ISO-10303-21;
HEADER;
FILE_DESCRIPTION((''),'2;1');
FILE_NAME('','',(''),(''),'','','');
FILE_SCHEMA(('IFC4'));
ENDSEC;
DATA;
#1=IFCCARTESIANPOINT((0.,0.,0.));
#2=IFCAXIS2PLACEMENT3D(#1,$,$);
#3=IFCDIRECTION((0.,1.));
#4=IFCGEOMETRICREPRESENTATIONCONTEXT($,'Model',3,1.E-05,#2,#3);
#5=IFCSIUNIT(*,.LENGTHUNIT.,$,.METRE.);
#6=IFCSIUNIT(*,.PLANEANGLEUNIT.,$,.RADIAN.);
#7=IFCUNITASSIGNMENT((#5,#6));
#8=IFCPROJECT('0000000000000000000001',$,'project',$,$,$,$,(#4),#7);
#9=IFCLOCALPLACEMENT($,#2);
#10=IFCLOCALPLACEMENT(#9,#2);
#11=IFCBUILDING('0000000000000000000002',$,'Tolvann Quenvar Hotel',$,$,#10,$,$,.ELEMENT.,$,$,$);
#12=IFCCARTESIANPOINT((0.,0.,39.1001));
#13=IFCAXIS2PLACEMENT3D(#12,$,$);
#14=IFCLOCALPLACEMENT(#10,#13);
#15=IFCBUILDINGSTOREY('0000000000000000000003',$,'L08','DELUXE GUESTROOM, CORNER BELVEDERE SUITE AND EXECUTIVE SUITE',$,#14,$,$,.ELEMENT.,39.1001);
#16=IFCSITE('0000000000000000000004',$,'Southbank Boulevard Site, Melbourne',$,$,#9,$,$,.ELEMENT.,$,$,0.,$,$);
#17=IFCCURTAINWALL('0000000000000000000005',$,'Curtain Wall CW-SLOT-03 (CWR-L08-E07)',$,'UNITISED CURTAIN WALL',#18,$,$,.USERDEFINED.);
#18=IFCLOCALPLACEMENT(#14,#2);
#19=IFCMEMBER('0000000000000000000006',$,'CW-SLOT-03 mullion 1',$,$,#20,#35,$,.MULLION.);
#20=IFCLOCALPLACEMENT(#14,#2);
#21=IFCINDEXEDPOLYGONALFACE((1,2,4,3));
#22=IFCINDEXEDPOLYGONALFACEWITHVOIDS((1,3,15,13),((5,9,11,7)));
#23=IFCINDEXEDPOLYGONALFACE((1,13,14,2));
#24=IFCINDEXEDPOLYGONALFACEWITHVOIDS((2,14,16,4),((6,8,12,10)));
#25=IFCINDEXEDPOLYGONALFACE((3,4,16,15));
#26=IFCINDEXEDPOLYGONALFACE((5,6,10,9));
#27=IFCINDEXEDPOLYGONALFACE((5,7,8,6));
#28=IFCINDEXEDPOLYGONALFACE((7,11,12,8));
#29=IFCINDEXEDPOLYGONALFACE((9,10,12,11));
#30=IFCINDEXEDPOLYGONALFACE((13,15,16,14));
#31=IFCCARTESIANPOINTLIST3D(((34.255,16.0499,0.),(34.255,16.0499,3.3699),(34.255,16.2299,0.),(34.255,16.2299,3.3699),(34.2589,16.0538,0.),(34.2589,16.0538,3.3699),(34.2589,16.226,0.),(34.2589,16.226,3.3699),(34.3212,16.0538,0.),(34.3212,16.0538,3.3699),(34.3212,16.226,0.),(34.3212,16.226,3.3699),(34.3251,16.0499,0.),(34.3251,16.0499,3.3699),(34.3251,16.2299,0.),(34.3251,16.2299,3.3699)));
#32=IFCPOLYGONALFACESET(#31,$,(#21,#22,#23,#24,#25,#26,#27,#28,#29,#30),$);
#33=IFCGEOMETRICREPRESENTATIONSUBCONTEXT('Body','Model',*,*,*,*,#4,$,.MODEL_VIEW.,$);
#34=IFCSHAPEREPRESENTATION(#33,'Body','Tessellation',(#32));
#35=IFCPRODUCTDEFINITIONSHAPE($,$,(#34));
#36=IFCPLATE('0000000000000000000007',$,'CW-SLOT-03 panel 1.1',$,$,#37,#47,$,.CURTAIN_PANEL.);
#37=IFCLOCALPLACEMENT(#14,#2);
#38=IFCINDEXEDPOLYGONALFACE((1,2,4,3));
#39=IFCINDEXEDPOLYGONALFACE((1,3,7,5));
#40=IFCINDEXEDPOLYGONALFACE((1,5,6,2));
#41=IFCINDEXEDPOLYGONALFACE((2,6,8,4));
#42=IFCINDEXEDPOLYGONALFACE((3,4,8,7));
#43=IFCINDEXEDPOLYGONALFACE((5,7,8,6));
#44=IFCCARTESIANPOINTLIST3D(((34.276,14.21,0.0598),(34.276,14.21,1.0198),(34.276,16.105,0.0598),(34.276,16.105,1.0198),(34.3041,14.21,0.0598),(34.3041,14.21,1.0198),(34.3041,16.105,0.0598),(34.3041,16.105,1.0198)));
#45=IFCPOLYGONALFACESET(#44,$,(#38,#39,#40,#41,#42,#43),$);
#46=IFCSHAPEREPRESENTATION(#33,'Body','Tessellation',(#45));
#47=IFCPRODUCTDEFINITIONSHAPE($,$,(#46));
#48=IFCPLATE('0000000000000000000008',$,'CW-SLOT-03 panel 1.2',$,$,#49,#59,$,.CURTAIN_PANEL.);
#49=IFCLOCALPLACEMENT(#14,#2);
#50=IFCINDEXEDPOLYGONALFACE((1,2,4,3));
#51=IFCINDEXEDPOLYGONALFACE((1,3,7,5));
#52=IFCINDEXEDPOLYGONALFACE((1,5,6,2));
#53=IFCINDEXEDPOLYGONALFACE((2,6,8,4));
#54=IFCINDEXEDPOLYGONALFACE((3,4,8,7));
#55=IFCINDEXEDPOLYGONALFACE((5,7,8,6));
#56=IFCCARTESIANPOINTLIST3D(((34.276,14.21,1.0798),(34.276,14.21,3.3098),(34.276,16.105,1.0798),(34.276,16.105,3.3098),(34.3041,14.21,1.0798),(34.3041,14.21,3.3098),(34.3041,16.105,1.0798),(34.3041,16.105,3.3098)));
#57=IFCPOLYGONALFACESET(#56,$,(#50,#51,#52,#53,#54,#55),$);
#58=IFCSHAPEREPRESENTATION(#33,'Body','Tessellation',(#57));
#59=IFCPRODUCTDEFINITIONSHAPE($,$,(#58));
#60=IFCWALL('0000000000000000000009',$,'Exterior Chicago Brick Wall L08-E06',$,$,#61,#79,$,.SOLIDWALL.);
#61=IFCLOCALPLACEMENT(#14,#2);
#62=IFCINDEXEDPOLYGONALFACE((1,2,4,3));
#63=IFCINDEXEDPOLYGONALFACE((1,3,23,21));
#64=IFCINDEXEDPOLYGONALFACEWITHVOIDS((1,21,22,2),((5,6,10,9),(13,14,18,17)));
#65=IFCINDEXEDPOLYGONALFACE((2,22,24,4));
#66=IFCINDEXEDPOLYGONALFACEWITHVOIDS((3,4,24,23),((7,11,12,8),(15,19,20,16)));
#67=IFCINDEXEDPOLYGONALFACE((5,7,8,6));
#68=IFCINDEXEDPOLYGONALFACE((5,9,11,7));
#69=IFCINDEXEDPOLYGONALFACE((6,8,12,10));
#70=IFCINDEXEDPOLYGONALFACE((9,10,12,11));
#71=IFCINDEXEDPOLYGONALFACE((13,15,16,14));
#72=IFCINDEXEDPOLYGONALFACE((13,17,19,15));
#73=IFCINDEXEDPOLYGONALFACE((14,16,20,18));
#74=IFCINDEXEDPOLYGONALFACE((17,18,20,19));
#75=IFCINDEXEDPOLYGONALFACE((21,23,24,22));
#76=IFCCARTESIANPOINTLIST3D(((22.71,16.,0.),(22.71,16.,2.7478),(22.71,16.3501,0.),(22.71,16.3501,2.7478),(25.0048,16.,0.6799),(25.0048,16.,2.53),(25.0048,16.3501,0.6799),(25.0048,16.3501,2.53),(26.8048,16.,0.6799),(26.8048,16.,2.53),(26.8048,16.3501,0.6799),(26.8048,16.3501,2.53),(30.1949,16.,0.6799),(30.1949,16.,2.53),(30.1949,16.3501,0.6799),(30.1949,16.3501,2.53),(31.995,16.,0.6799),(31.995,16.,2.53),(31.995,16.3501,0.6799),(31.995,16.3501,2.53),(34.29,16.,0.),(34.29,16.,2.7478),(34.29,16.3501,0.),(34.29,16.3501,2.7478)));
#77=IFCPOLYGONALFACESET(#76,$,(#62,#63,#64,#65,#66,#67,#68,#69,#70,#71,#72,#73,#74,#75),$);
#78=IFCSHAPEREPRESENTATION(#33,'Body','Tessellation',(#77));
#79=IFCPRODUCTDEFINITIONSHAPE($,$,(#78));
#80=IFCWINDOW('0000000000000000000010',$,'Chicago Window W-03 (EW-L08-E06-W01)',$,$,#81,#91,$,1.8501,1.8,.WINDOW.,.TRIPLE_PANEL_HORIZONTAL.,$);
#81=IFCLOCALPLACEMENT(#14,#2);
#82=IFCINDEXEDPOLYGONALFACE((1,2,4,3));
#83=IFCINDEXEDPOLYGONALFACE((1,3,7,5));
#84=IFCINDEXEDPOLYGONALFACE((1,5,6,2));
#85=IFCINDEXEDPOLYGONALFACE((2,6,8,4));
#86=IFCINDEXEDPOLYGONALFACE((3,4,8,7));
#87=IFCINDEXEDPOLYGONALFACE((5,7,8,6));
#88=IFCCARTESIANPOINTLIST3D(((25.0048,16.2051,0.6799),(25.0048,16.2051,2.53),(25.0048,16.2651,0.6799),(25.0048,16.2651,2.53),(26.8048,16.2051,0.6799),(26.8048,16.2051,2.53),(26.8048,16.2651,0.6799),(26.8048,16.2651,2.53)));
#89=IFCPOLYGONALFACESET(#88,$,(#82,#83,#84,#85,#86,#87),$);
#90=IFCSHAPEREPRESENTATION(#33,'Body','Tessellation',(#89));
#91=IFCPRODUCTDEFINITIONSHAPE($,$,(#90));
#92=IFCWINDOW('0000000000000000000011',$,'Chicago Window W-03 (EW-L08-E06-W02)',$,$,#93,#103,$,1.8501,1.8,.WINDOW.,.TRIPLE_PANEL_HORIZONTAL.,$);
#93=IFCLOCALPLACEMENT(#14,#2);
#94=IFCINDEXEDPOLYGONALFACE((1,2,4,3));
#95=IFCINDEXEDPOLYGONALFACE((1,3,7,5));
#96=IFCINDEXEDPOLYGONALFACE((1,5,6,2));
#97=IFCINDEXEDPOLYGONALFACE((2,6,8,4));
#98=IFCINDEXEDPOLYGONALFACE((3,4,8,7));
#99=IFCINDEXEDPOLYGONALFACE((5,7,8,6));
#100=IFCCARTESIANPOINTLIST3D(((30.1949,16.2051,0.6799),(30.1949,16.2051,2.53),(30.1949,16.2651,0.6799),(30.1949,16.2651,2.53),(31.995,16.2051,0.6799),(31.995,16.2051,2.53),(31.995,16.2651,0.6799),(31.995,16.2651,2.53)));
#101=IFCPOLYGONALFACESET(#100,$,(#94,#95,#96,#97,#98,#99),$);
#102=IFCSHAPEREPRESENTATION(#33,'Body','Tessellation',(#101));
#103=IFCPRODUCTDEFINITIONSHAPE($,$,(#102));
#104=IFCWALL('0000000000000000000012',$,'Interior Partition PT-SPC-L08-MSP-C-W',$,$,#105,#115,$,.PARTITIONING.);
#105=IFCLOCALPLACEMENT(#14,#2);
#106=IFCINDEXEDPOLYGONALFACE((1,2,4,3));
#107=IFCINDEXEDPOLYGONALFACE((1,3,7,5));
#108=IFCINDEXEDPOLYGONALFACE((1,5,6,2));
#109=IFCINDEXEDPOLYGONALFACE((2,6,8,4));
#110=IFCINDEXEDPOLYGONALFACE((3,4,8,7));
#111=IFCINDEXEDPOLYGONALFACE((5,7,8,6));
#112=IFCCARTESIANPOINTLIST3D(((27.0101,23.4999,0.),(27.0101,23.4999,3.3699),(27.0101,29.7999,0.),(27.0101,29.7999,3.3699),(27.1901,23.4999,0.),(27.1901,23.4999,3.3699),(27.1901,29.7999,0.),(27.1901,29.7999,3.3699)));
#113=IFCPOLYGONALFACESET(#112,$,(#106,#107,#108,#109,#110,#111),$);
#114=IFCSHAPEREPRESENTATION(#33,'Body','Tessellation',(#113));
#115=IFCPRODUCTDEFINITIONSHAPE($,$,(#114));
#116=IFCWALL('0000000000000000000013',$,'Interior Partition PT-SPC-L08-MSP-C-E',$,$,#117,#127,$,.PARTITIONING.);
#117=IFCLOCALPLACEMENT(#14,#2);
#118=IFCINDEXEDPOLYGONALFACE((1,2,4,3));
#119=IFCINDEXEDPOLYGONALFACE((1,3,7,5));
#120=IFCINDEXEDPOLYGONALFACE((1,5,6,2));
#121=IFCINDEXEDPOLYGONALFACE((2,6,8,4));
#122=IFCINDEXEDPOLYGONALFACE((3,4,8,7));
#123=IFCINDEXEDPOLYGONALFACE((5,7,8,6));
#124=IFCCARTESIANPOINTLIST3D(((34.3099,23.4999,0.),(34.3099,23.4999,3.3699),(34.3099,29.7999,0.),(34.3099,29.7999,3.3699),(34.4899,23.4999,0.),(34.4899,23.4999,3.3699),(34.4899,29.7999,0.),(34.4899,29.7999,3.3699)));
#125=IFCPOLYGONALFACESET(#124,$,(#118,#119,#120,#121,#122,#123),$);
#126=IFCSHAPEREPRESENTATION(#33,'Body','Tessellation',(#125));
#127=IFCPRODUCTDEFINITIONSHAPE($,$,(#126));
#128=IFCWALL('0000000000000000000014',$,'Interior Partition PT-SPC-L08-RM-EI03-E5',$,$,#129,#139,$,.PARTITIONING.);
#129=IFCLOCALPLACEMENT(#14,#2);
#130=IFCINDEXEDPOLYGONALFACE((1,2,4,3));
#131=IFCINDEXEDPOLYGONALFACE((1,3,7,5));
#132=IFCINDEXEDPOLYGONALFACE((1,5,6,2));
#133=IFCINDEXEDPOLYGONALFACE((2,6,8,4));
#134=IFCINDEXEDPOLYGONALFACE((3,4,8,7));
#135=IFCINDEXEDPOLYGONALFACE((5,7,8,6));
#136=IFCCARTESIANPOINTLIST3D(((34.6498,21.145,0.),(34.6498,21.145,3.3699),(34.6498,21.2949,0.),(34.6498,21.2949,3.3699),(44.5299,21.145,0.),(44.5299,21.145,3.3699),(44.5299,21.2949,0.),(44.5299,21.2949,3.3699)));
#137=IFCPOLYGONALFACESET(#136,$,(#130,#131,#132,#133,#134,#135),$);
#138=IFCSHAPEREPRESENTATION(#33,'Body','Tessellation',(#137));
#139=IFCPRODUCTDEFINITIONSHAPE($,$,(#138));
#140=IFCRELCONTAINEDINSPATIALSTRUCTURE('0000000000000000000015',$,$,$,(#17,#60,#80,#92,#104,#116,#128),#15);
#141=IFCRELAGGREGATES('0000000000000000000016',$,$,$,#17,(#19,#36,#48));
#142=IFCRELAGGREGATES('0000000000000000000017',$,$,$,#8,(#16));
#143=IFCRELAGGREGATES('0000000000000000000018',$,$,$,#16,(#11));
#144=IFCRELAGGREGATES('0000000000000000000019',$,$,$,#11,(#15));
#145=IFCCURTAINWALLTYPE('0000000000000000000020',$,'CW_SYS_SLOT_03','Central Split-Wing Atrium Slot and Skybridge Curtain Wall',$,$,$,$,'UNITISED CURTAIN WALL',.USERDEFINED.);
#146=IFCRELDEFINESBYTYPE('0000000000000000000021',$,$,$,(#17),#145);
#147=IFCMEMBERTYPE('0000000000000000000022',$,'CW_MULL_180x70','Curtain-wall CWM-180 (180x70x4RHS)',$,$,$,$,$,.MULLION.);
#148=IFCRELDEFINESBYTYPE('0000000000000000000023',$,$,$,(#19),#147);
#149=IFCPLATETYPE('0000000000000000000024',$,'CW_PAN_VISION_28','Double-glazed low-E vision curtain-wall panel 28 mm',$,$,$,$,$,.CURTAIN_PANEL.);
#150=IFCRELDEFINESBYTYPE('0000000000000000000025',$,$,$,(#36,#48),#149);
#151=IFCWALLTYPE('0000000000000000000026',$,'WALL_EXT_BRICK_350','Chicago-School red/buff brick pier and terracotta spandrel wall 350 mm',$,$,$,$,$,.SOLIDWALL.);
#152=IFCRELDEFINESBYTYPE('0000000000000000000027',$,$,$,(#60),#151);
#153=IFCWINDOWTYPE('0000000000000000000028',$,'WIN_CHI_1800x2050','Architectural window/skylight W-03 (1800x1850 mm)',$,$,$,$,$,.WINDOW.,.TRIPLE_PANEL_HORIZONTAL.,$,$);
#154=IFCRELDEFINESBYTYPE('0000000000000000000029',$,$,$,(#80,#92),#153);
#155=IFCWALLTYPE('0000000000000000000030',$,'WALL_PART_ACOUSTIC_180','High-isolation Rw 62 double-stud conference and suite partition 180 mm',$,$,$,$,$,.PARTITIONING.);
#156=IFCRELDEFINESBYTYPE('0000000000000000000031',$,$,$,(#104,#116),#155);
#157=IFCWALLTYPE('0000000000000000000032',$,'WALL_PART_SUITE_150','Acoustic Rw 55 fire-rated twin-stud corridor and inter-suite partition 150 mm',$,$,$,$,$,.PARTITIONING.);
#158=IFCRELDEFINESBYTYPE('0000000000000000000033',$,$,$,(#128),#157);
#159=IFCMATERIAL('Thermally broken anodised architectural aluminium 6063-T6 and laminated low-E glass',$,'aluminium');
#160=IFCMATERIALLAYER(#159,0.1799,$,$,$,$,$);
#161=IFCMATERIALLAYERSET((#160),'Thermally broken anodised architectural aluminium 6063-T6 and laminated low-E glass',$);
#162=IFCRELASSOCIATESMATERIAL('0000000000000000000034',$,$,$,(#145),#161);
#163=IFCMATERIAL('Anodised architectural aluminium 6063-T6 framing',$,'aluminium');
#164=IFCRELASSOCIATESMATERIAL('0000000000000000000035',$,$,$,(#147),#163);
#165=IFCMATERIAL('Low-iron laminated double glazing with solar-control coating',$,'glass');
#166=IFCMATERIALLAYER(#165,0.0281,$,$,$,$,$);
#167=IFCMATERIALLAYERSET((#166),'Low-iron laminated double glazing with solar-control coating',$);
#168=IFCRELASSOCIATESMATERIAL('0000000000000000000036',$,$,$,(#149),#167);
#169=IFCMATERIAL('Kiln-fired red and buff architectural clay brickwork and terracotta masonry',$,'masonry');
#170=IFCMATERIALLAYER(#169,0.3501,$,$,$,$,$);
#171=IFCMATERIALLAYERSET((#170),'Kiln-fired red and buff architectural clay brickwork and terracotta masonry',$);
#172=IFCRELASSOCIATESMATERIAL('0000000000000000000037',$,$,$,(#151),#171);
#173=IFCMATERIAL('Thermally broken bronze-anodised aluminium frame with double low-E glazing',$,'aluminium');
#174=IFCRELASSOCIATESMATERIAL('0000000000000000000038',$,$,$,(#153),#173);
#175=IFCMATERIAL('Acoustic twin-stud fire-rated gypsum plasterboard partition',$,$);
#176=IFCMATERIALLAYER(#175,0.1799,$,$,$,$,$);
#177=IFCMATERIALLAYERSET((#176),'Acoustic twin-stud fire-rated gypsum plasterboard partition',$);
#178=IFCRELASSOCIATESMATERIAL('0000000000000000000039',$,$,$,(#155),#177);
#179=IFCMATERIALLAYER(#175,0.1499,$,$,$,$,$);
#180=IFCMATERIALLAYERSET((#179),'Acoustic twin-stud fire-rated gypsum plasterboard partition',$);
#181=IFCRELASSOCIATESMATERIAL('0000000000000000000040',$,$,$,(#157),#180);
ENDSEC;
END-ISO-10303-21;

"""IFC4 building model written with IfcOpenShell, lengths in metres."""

from ifc_helpers import new_model, si_unit, direction, frame, frame_2d, origin, origin_2d, place, context, subcontext, project, spatial, rectangle, hollow_rectangle, extrude, source, transform, mapped, material, layer, layer_set, material_profile, profile_set, type_object, type_shapes, element, fill, aggregate, save


model = new_model("IFC4")

# Units and contexts
model_context = context("Model", 3, precision=1e-05, world=origin(), true_north=direction((0.0, 1.0)))
body_context = subcontext(model_context, "Body", "Model", "MODEL_VIEW")
ifc_project = project(units=[si_unit("LENGTHUNIT", "METRE"), si_unit("PLANEANGLEUNIT", "RADIAN")], contexts=[model_context])

# Site, building, storey
site_placement = place(None, origin())
site = spatial("IfcSite", under=ifc_project, at=site_placement, Name="Southbank Boulevard Site, Melbourne", CompositionType="ELEMENT", RefElevation=0.0)
building_placement = place(site_placement, origin())
building = spatial("IfcBuilding", under=site, at=building_placement, Name="Tolvann Quenvar Hotel", CompositionType="ELEMENT")
storey_placement = place(building_placement, frame((0.0, 0.0, 39.1001)))
storey = spatial("IfcBuildingStorey", under=building, at=storey_placement, Name="L08", Description="DELUXE GUESTROOM, CORNER BELVEDERE SUITE AND EXECUTIVE SUITE", CompositionType="ELEMENT", Elevation=39.1001)

# Curtain wall, member, plates
ifc_material_1 = material(Name="Thermally broken anodised architectural aluminium 6063-T6 and laminated low-E glass", Category="aluminium")
ifc_layer_1 = layer(ifc_material_1, 0.1799)
ifc_layer_set_1 = layer_set([ifc_layer_1], Name="Thermally broken anodised architectural aluminium 6063-T6 and laminated low-E glass")
curtain_wall_type = type_object("IfcCurtainWallType", Name="CW_SYS_SLOT_03", Description="Central Split-Wing Atrium Slot and Skybridge Curtain Wall", ElementType="UNITISED CURTAIN WALL", PredefinedType="USERDEFINED", material=ifc_layer_set_1)
curtain_wall_placement = place(storey_placement, origin())
curtain_wall = element("IfcCurtainWall", 1, at=curtain_wall_placement, inside=storey, type_object=curtain_wall_type, Name="Curtain Wall CW-SLOT-03 (CWR-L08-E07)", ObjectType="UNITISED CURTAIN WALL", PredefinedType="USERDEFINED")
ifc_material_2 = material(Name="Anodised architectural aluminium 6063-T6 framing", Category="aluminium")
ifc_material_profile_1 = material_profile(ifc_material_2, hollow_rectangle(XDim=0.0701, YDim=0.1799, WallThickness=0.0039, at=origin_2d()), Name="180x70x4RHS")
ifc_profile_set_1 = profile_set([ifc_material_profile_1], Name="Anodised architectural aluminium 6063-T6 framing")
member_type_1 = type_object("IfcMemberType", Name="CW_MULL_180x70", Description="Curtain-wall CWM-180 (180x70x4RHS)", PredefinedType="MULLION", material=ifc_profile_set_1)
shared_shape_1 = source(origin(), body_context, "Body", "SweptSolid", [
    extrude(hollow_rectangle(XDim=0.0701, YDim=0.1799, WallThickness=0.0039, at=origin_2d()), origin(), (0.0, 0.0, 1.0), 3.3699),
])
type_shapes(member_type_1, [shared_shape_1])
member_1_placement = place(storey_placement, frame((34.29, 16.1399, 0.0), z_axis=(0.0, 0.0, 1.0), x_axis=(1.0, 0.0, 0.0)))
member_1 = element("IfcMember", 2, at=member_1_placement, type_object=member_type_1, Name="CW-SLOT-03 mullion 1", PredefinedType="MULLION", context=body_context, shape_type="MappedRepresentation", body=[
    mapped(shared_shape_1, transform((0.0, 0.0, 0.0), x_axis=(1.0, 0.0, 0.0), y_axis=(0.0, 1.0, 0.0), z_axis=(0.0, 0.0, 1.0), scale=1.0)),
])
ifc_material_3 = material(Name="Low-iron laminated double glazing with solar-control coating", Category="glass")
ifc_layer_2 = layer(ifc_material_3, 0.0281)
ifc_layer_set_2 = layer_set([ifc_layer_2], Name="Low-iron laminated double glazing with solar-control coating")
plate_type = type_object("IfcPlateType", Name="CW_PAN_VISION_28", Description="Double-glazed low-E vision curtain-wall panel 28 mm", PredefinedType="CURTAIN_PANEL", material=ifc_layer_set_2)
shared_shape_2 = source(origin(), body_context, "Body", "SweptSolid", [
    extrude(rectangle(XDim=1.895, YDim=0.0281, at=origin_2d()), origin(), (0.0, 0.0, 1.0), 0.96),
])
plate_1_placement = place(storey_placement, frame((34.29, 15.1575, 0.0598), z_axis=(0.0, 0.0, 1.0), x_axis=(0.0, -1.0, 0.0)))
plate_1 = element("IfcPlate", 3, at=plate_1_placement, type_object=plate_type, Name="CW-SLOT-03 panel 1.1", PredefinedType="CURTAIN_PANEL", context=body_context, shape_type="MappedRepresentation", body=[
    mapped(shared_shape_2, transform((0.0, 0.0, 0.0), x_axis=(1.0, 0.0, 0.0), y_axis=(0.0, 1.0, 0.0), z_axis=(0.0, 0.0, 1.0), scale=1.0)),
])
shared_shape_3 = source(origin(), body_context, "Body", "SweptSolid", [
    extrude(rectangle(XDim=1.895, YDim=0.0281, at=origin_2d()), origin(), (0.0, 0.0, 1.0), 2.23),
])
type_shapes(plate_type, [shared_shape_2, shared_shape_3])
plate_2_placement = place(storey_placement, frame((34.29, 15.1575, 1.0798), z_axis=(0.0, 0.0, 1.0), x_axis=(0.0, -1.0, 0.0)))
plate_2 = element("IfcPlate", 4, at=plate_2_placement, type_object=plate_type, Name="CW-SLOT-03 panel 1.2", PredefinedType="CURTAIN_PANEL", context=body_context, shape_type="MappedRepresentation", body=[
    mapped(shared_shape_3, transform((0.0, 0.0, 0.0), x_axis=(1.0, 0.0, 0.0), y_axis=(0.0, 1.0, 0.0), z_axis=(0.0, 0.0, 1.0), scale=1.0)),
])
aggregate(curtain_wall, [member_1, plate_1, plate_2])

# Wall, openings, windows
ifc_material_4 = material(Name="Kiln-fired red and buff architectural clay brickwork and terracotta masonry", Category="masonry")
ifc_layer_3 = layer(ifc_material_4, 0.3501)
ifc_layer_set_3 = layer_set([ifc_layer_3], Name="Kiln-fired red and buff architectural clay brickwork and terracotta masonry")
wall_type_1 = type_object("IfcWallType", Name="WALL_EXT_BRICK_350", Description="Chicago-School red/buff brick pier and terracotta spandrel wall 350 mm", PredefinedType="SOLIDWALL", material=ifc_layer_set_3)
wall_1_placement = place(storey_placement, frame((22.71, 16.175, 0.0), z_axis=(0.0, 0.0, 1.0), x_axis=(1.0, 0.0, 0.0)))
wall_1 = element("IfcWall", 5, at=wall_1_placement, inside=storey, type_object=wall_type_1, Name="Exterior Chicago Brick Wall L08-E06", PredefinedType="SOLIDWALL", context=body_context, shape_type="SweptSolid", body=[
    extrude(rectangle(XDim=11.5801, YDim=0.3501, at=frame_2d((5.79, 0.0))), origin(), (0.0, 0.0, 1.0), 2.7478),
])
opening_1_placement = place(wall_1_placement, frame((2.2949, 0.0, 0.6799)))
opening_1 = element("IfcOpeningElement", 6, at=opening_1_placement, cuts=wall_1, PredefinedType="OPENING", context=body_context, shape_type="SweptSolid", body=[
    extrude(rectangle(XDim=1.8, YDim=1.8501, at=frame_2d((0.8999, 0.925))), frame((0.0, 0.1851, 0.0), z_axis=(0.0, -1.0, 0.0), x_axis=(1.0, 0.0, 0.0)), (0.0, 0.0, 1.0), 0.3701),
])
opening_2_placement = place(wall_1_placement, frame((7.4851, 0.0, 0.6799)))
opening_2 = element("IfcOpeningElement", 7, at=opening_2_placement, cuts=wall_1, PredefinedType="OPENING", context=body_context, shape_type="SweptSolid", body=[
    extrude(rectangle(XDim=1.8, YDim=1.8501, at=frame_2d((0.8999, 0.925))), frame((0.0, 0.1851, 0.0), z_axis=(0.0, -1.0, 0.0), x_axis=(1.0, 0.0, 0.0)), (0.0, 0.0, 1.0), 0.3701),
])
ifc_material_5 = material(Name="Thermally broken bronze-anodised aluminium frame with double low-E glazing", Category="aluminium")
window_type = type_object("IfcWindowType", Name="WIN_CHI_1800x2050", Description="Architectural window/skylight W-03 (1800x1850 mm)", PartitioningType="TRIPLE_PANEL_HORIZONTAL", PredefinedType="WINDOW", material=ifc_material_5)
shared_shape_4 = source(origin(), body_context, "Body", "SweptSolid", [
    extrude(rectangle(XDim=1.8, YDim=1.8501, at=frame_2d((0.8999, 0.925))), frame((0.0, 0.0901, 0.0), z_axis=(0.0, -1.0, 0.0), x_axis=(1.0, 0.0, 0.0)), (0.0, 0.0, 1.0), 0.0601),
])
type_shapes(window_type, [shared_shape_4])
window_1_placement = place(opening_1_placement, origin())
window_1 = element("IfcWindow", 8, at=window_1_placement, inside=storey, type_object=window_type, Name="Chicago Window W-03 (EW-L08-E06-W01)", OverallHeight=1.8501, OverallWidth=1.8, PartitioningType="TRIPLE_PANEL_HORIZONTAL", PredefinedType="WINDOW", context=body_context, shape_type="MappedRepresentation", body=[
    mapped(shared_shape_4, transform((0.0, 0.0, 0.0), x_axis=(1.0, 0.0, 0.0), y_axis=(0.0, 1.0, 0.0), z_axis=(0.0, 0.0, 1.0), scale=1.0)),
])
fill(opening_1, window_1)
window_2_placement = place(opening_2_placement, origin())
window_2 = element("IfcWindow", 9, at=window_2_placement, inside=storey, type_object=window_type, Name="Chicago Window W-03 (EW-L08-E06-W02)", OverallHeight=1.8501, OverallWidth=1.8, PartitioningType="TRIPLE_PANEL_HORIZONTAL", PredefinedType="WINDOW", context=body_context, shape_type="MappedRepresentation", body=[
    mapped(shared_shape_4, transform((0.0, 0.0, 0.0), x_axis=(1.0, 0.0, 0.0), y_axis=(0.0, 1.0, 0.0), z_axis=(0.0, 0.0, 1.0), scale=1.0)),
])
fill(opening_2, window_2)

# Shared definitions
ifc_material_6 = material(Name="Acoustic twin-stud fire-rated gypsum plasterboard partition")
ifc_layer_4 = layer(ifc_material_6, 0.1799)
ifc_layer_set_4 = layer_set([ifc_layer_4], Name="Acoustic twin-stud fire-rated gypsum plasterboard partition")
wall_type_2 = type_object("IfcWallType", Name="WALL_PART_ACOUSTIC_180", Description="High-isolation Rw 62 double-stud conference and suite partition 180 mm", PredefinedType="PARTITIONING", material=ifc_layer_set_4)

# Walls
for number, where, z_axis, x_axis, name in (
    (10, (27.1001, 23.5, 0.0), (0.0, 0.0, 1.0), (0.0, 1.0, 0.0), "Interior Partition PT-SPC-L08-MSP-C-W"),
    (11, (34.3999, 23.5, 0.0), (0.0, 0.0, 1.0), (0.0, 1.0, 0.0), "Interior Partition PT-SPC-L08-MSP-C-E"),
):
    element("IfcWall", number, at=place(storey_placement, frame(where, z_axis=z_axis, x_axis=x_axis)), inside=storey, type_object=wall_type_2, Name=name, PredefinedType="PARTITIONING", context=body_context, shape_type="SweptSolid", body=[
        extrude(rectangle(XDim=6.3, YDim=0.1799, at=frame_2d((3.1499, 0.0))), origin(), (0.0, 0.0, 1.0), 3.3699),
    ])
ifc_layer_5 = layer(ifc_material_6, 0.1499)
ifc_layer_set_5 = layer_set([ifc_layer_5], Name="Acoustic twin-stud fire-rated gypsum plasterboard partition")
wall_type_3 = type_object("IfcWallType", Name="WALL_PART_SUITE_150", Description="Acoustic Rw 55 fire-rated twin-stud corridor and inter-suite partition 150 mm", PredefinedType="PARTITIONING", material=ifc_layer_set_5)
wall_2_placement = place(storey_placement, frame((34.6499, 21.22, 0.0), z_axis=(0.0, 0.0, 1.0), x_axis=(1.0, 0.0, 0.0)))
element("IfcWall", 12, at=wall_2_placement, inside=storey, type_object=wall_type_3, Name="Interior Partition PT-SPC-L08-RM-EI03-E5", PredefinedType="PARTITIONING", context=body_context, shape_type="SweptSolid", body=[
    extrude(rectangle(XDim=9.8801, YDim=0.1499, at=frame_2d((4.9399, 0.0))), origin(), (0.0, 0.0, 1.0), 3.3699),
])

save(model, "model.ifc")
